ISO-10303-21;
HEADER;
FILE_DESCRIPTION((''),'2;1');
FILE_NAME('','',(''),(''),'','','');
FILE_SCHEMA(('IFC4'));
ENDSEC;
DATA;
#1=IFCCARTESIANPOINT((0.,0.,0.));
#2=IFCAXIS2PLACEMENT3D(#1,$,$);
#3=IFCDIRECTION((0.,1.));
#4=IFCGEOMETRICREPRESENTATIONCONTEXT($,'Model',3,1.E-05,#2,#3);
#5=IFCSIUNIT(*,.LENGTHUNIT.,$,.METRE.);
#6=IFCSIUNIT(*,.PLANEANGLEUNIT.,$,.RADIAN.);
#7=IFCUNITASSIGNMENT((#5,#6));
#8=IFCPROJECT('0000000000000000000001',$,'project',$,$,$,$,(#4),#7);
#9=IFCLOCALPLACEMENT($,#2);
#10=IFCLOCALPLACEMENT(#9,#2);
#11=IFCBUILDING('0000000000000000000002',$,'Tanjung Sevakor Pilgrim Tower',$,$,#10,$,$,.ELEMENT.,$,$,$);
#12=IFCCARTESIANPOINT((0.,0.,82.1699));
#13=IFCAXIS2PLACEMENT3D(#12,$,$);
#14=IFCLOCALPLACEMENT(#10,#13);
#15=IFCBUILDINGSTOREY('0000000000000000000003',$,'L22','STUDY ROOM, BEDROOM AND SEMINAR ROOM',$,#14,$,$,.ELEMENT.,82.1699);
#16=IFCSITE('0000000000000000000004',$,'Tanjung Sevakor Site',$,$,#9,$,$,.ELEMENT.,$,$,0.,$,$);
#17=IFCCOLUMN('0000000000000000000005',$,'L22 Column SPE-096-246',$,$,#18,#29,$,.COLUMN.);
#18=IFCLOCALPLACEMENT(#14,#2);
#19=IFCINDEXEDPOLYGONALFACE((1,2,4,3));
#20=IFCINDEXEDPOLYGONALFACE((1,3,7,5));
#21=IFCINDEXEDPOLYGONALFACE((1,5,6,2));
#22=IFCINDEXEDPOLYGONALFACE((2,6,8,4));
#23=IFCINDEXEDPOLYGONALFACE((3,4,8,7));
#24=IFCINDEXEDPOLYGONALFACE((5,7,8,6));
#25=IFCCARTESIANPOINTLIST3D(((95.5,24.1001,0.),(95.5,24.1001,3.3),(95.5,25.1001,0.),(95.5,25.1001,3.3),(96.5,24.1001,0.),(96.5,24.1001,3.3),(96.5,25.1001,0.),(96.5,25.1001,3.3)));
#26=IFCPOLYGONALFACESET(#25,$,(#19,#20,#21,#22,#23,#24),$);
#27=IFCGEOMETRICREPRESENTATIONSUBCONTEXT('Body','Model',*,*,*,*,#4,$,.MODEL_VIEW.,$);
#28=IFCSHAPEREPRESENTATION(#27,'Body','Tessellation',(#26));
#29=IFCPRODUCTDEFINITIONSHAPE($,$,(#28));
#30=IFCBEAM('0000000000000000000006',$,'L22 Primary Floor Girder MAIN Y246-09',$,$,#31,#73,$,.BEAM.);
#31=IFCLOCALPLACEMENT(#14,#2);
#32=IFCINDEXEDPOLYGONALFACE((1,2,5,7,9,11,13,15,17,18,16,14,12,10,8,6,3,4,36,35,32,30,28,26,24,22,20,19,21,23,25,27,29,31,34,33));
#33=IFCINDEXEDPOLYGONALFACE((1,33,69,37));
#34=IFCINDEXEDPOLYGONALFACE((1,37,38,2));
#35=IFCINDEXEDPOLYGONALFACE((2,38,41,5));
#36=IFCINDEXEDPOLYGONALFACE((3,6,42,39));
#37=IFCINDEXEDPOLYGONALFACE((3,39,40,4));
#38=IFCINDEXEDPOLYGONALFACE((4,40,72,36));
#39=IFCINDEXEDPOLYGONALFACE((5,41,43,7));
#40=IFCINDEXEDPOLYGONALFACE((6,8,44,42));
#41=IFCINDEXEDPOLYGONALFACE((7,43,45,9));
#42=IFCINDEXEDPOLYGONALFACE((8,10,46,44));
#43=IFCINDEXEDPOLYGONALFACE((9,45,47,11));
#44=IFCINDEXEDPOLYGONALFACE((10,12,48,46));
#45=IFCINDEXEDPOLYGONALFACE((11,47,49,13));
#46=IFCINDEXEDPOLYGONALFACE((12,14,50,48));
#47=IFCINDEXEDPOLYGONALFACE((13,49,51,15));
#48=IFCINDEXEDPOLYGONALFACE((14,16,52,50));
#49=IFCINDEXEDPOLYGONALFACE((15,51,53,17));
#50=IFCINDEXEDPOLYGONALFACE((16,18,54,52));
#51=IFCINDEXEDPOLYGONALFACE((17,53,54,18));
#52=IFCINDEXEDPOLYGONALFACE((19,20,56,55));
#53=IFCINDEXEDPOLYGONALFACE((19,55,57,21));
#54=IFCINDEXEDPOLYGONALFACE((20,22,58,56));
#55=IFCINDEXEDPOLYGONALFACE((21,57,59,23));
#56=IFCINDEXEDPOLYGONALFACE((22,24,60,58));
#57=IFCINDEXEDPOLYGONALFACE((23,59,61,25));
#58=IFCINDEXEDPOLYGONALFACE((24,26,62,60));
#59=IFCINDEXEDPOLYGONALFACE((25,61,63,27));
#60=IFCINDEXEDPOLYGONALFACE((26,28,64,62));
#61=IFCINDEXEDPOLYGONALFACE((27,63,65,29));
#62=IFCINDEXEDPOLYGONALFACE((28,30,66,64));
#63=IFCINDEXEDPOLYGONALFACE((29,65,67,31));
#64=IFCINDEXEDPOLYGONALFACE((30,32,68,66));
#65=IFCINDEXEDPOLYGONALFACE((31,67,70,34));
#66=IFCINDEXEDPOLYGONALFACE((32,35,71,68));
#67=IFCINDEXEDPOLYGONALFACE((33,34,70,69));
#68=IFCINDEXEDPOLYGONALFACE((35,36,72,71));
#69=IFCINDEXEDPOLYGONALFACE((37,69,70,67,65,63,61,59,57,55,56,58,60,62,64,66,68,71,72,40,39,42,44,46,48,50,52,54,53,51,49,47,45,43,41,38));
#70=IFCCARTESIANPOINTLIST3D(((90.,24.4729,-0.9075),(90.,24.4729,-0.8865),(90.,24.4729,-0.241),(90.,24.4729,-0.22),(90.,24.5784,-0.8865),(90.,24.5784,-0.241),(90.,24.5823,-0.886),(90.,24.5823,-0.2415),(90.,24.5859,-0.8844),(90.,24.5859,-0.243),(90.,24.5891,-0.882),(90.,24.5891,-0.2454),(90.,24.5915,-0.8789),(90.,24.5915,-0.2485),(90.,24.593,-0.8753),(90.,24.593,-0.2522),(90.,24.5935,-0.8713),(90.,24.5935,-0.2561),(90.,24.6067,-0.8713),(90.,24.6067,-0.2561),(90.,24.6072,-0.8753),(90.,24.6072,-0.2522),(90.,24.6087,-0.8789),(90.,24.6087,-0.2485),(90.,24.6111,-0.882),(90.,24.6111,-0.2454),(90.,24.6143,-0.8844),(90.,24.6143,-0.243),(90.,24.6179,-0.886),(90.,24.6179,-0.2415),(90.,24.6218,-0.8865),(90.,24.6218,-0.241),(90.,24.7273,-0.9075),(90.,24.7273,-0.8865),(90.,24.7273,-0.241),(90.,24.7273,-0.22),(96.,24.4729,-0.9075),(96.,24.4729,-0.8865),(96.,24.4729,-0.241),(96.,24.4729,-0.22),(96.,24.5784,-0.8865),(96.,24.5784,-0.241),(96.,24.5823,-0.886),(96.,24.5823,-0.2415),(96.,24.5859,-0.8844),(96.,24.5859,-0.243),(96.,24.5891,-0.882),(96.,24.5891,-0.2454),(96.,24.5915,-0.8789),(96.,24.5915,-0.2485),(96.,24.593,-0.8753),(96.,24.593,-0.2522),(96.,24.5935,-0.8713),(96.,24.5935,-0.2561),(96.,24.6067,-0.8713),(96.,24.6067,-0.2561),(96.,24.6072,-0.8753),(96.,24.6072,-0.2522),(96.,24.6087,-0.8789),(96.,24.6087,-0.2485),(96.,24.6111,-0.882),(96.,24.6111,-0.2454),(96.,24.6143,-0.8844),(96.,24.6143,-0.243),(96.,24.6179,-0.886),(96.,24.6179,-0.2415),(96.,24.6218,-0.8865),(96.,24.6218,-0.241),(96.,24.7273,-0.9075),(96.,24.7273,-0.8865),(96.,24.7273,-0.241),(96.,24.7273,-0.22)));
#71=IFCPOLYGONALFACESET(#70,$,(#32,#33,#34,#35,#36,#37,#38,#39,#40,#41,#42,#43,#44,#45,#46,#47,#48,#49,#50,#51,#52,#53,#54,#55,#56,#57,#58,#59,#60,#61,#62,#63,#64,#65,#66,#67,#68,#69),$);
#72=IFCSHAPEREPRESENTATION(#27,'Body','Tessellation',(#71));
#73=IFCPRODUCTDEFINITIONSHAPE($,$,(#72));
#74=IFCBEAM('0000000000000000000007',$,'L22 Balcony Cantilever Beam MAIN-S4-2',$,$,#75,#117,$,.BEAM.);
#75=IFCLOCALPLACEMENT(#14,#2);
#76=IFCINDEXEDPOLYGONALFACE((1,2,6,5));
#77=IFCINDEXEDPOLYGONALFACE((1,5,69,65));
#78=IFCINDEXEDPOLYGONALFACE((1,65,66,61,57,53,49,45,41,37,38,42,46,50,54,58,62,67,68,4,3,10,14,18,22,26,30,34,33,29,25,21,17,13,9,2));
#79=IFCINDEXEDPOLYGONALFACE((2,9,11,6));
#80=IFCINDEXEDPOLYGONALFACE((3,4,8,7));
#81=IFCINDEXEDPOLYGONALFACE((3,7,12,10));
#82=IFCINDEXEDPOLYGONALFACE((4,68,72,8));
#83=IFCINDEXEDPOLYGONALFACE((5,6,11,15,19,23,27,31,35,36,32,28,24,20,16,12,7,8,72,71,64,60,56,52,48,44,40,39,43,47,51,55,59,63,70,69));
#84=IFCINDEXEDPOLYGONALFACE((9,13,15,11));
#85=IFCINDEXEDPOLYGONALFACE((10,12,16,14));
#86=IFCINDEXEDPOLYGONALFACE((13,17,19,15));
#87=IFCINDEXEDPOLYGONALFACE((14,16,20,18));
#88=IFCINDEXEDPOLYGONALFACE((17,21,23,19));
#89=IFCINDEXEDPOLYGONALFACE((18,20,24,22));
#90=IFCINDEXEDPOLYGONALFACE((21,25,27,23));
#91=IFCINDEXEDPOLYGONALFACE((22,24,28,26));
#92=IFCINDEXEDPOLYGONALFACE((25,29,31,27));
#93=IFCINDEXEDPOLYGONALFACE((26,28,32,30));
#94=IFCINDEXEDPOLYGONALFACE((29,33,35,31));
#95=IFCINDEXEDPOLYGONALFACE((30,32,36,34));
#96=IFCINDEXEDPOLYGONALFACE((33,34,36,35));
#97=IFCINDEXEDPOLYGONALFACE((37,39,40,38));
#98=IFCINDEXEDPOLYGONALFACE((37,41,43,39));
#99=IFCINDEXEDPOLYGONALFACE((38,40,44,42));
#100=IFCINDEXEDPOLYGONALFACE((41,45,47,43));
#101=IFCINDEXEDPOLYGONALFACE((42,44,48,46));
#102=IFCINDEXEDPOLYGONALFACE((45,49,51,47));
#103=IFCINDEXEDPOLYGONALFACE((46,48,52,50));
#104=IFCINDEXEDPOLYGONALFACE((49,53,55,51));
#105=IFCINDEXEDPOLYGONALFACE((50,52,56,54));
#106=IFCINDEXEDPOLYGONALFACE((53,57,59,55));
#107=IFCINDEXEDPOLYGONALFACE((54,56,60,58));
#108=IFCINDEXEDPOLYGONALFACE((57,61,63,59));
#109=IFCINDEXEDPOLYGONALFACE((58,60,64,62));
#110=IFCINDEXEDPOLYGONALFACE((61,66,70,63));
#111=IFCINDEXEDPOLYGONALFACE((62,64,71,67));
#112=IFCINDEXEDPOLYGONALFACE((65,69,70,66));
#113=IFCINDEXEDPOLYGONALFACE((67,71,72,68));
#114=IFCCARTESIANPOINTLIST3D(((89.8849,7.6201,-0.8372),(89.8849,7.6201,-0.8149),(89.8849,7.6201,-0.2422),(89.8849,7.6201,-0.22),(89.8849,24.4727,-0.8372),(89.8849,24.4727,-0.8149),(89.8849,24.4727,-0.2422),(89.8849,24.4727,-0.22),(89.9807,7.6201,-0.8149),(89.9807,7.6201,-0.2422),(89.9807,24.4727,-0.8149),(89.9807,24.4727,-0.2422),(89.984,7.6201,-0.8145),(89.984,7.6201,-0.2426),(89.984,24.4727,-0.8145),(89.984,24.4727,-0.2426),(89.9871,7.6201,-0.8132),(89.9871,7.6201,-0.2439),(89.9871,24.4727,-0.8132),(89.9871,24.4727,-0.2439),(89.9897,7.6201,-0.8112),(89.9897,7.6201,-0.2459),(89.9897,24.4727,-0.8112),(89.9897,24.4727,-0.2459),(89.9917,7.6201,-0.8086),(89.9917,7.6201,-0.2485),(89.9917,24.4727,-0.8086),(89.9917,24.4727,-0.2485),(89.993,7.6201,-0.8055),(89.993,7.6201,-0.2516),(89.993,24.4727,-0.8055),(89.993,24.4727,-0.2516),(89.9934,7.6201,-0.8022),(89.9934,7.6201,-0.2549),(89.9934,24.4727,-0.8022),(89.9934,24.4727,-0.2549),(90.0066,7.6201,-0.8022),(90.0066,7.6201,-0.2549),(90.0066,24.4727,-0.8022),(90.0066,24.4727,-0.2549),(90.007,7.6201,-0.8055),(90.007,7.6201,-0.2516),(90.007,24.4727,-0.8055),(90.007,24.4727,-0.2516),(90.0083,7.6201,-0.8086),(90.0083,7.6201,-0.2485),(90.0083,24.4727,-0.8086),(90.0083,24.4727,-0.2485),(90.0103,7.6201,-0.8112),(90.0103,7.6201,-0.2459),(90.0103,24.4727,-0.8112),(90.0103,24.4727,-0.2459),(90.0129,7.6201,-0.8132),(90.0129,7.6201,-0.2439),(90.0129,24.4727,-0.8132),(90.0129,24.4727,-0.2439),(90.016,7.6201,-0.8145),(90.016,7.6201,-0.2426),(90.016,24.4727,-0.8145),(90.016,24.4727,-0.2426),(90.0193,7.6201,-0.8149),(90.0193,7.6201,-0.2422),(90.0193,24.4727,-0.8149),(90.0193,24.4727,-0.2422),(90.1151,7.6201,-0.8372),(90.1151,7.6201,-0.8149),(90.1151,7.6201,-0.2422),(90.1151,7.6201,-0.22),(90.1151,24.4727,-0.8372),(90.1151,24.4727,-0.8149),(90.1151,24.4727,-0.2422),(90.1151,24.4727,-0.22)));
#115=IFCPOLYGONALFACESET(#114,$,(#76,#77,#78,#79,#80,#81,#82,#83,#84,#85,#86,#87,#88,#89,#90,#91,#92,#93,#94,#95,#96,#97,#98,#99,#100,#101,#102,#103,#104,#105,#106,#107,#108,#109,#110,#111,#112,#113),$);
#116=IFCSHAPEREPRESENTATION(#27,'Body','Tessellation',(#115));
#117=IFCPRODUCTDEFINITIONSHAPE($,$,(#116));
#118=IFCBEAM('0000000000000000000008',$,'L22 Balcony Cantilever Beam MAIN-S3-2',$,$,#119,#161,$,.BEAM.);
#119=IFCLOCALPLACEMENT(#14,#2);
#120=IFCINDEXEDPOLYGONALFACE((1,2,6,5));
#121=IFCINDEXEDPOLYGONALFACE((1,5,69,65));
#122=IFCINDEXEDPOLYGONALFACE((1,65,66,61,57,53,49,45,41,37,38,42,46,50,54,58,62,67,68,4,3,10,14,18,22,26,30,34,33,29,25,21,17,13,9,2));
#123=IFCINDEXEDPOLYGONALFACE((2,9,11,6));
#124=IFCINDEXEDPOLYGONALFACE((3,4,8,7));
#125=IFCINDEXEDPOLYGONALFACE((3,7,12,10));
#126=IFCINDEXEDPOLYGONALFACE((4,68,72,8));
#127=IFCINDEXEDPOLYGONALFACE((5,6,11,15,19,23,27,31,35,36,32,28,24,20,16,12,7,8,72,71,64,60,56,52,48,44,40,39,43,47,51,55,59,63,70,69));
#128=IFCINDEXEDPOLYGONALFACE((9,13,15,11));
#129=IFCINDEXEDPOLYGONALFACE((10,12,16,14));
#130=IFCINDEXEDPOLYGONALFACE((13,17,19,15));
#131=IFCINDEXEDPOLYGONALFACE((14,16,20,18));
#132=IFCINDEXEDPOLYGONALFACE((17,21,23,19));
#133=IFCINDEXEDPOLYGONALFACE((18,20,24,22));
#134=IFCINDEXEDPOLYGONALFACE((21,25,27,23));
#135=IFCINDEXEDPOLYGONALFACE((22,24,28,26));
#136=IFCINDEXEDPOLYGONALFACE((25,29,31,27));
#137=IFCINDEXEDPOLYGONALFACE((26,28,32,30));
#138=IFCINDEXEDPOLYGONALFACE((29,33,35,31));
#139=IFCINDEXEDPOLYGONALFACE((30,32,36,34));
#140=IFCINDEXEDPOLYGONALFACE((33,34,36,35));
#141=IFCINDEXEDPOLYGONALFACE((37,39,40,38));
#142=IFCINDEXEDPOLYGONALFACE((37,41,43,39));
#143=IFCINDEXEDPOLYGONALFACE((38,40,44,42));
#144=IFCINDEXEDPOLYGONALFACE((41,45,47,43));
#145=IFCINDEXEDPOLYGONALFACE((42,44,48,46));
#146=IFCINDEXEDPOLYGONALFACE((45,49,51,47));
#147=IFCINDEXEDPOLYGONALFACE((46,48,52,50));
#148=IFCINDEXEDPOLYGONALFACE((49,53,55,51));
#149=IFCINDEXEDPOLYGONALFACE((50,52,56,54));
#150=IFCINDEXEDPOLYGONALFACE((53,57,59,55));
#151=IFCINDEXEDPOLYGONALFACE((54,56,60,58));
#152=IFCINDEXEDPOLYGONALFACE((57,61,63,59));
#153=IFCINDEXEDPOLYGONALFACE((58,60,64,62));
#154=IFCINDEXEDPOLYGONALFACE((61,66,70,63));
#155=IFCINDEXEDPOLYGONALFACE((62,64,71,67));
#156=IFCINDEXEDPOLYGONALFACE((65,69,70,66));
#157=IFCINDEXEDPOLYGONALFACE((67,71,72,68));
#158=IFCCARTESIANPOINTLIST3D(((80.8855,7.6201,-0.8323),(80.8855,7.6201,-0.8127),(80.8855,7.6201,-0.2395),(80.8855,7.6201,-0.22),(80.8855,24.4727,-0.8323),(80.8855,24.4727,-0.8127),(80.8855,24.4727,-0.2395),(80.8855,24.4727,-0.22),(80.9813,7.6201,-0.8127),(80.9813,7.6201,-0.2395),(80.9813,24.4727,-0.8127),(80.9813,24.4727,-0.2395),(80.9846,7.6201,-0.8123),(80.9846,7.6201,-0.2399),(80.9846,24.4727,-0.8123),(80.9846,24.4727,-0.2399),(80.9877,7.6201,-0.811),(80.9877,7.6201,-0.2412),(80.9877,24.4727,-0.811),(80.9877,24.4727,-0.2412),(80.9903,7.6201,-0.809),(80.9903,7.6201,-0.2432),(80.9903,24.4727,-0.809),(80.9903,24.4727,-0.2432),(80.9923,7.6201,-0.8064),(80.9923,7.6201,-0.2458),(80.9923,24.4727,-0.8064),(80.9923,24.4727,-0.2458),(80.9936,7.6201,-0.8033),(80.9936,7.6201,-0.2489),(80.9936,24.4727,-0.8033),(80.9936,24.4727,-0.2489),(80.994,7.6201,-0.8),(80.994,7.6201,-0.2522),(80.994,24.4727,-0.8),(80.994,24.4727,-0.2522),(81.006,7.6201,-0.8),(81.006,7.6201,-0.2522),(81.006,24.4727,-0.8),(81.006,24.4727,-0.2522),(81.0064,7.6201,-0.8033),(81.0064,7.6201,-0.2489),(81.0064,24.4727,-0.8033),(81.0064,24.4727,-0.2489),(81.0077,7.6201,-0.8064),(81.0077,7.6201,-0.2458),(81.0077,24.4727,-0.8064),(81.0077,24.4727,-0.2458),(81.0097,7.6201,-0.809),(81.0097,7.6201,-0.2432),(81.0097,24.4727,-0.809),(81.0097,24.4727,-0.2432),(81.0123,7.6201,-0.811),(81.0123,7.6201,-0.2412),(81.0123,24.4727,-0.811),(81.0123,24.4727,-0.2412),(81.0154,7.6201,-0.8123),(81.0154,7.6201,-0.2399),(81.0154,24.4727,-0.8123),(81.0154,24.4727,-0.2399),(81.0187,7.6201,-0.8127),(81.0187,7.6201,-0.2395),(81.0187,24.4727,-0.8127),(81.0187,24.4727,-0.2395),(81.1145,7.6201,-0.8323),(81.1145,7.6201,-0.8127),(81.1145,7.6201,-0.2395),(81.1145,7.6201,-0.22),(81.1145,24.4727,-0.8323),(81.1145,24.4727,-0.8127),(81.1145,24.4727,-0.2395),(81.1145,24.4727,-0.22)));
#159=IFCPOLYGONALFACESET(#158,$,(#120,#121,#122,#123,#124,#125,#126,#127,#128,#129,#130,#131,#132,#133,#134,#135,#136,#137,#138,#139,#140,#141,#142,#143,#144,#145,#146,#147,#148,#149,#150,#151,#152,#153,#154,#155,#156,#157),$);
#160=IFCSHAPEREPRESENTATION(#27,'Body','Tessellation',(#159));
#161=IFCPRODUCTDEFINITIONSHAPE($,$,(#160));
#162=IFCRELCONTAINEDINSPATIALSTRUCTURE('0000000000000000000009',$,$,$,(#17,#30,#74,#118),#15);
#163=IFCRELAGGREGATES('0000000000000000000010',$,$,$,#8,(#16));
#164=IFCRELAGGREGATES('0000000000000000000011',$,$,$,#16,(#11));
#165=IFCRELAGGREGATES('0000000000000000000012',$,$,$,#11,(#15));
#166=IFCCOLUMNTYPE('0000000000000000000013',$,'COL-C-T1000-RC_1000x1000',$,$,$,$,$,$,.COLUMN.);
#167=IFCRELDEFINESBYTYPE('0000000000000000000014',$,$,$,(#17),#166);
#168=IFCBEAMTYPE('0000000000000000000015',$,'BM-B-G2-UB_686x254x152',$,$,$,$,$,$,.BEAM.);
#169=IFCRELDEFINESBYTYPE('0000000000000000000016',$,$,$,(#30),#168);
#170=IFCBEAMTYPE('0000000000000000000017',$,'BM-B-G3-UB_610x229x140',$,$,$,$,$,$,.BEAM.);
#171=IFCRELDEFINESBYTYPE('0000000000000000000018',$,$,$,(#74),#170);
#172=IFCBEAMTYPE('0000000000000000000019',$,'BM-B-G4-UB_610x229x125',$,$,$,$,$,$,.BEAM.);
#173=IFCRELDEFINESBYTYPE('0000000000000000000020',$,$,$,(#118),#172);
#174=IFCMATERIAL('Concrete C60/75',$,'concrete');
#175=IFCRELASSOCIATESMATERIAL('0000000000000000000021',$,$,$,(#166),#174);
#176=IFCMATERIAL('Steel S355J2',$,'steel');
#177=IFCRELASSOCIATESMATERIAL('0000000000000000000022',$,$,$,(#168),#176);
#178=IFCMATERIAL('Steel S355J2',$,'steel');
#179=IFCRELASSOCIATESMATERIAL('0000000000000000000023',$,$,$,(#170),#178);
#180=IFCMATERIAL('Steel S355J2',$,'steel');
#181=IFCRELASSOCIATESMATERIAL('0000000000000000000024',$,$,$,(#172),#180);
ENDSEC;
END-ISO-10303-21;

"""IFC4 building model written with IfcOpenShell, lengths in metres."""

from ifc_helpers import new_model, si_unit, direction, frame, origin, origin_2d, place, context, subcontext, project, spatial, rectangle, i_section, extrude, material, material_profile, profile_set, type_object, element, save


model = new_model("IFC4")

# Units and contexts
model_context = context("Model", 3, precision=1e-05, world=origin(), true_north=direction((0.0, 1.0)))
body_context = subcontext(model_context, "Body", "Model", "MODEL_VIEW")
ifc_project = project(units=[si_unit("LENGTHUNIT", "METRE"), si_unit("PLANEANGLEUNIT", "RADIAN")], contexts=[model_context])

# Site, building, storey
site_placement = place(None, origin())
site = spatial("IfcSite", under=ifc_project, at=site_placement, Name="Tanjung Sevakor Site", CompositionType="ELEMENT", RefElevation=0.0)
building_placement = place(site_placement, origin())
building = spatial("IfcBuilding", under=site, at=building_placement, Name="Tanjung Sevakor Pilgrim Tower", CompositionType="ELEMENT")
storey_placement = place(building_placement, frame((0.0, 0.0, 82.1699)))
storey = spatial("IfcBuildingStorey", under=building, at=storey_placement, Name="L22", Description="STUDY ROOM, BEDROOM AND SEMINAR ROOM", CompositionType="ELEMENT", Elevation=82.1699)

# Column
ifc_material_1 = material(Name="Concrete C60/75", Category="concrete")
ifc_material_profile_1 = material_profile(ifc_material_1, rectangle(XDim=1.0, YDim=1.0, at=origin_2d()))
ifc_profile_set_1 = profile_set([ifc_material_profile_1], Name="Concrete C60/75")
column_type = type_object("IfcColumnType", Name="COL-C-T1000-RC_1000x1000", PredefinedType="COLUMN", material=ifc_profile_set_1)
column_placement = place(storey_placement, frame((96.0, 24.6001, 0.0), z_axis=(0.0, 0.0, 1.0), x_axis=(1.0, 0.0, 0.0)))
element("IfcColumn", 1, at=column_placement, inside=storey, type_object=column_type, Name="L22 Column SPE-096-246", PredefinedType="COLUMN", context=body_context, shape_type="SweptSolid", body=[
    extrude(rectangle(XDim=1.0, YDim=1.0, at=origin_2d()), origin(), (0.0, 0.0, 1.0), 3.3),
])

# Beams
ifc_material_2 = material(Name="Steel S355J2", Category="steel")
ifc_material_profile_2 = material_profile(ifc_material_2, i_section(OverallWidth=0.2544, OverallDepth=0.6875, WebThickness=0.0132, FlangeThickness=0.021, FilletRadius=0.0151, at=origin_2d()))
ifc_profile_set_2 = profile_set([ifc_material_profile_2], Name="Steel S355J2")
beam_type_1 = type_object("IfcBeamType", Name="BM-B-G2-UB_686x254x152", PredefinedType="BEAM", material=ifc_profile_set_2)
beam_1_placement = place(storey_placement, frame((90.0, 24.6001, -0.5637), z_axis=(1.0, 0.0, 0.0), x_axis=(0.0, 1.0, 0.0)))
element("IfcBeam", 2, at=beam_1_placement, inside=storey, type_object=beam_type_1, Name="L22 Primary Floor Girder MAIN Y246-09", PredefinedType="BEAM", context=body_context, shape_type="SweptSolid", body=[
    extrude(i_section(OverallWidth=0.2544, OverallDepth=0.6875, WebThickness=0.0132, FlangeThickness=0.021, FilletRadius=0.0151, at=origin_2d()), origin(), (0.0, 0.0, 1.0), 6.0),
])
ifc_material_3 = material(Name="Steel S355J2", Category="steel")
ifc_material_profile_3 = material_profile(ifc_material_3, i_section(OverallWidth=0.2302, OverallDepth=0.6172, WebThickness=0.0132, FlangeThickness=0.0222, FilletRadius=0.0127, at=origin_2d()))
ifc_profile_set_3 = profile_set([ifc_material_profile_3], Name="Steel S355J2")
beam_type_2 = type_object("IfcBeamType", Name="BM-B-G3-UB_610x229x140", PredefinedType="BEAM", material=ifc_profile_set_3)
beam_2_placement = place(storey_placement, frame((90.0, 24.4727, -0.5286), z_axis=(0.0, -1.0, 0.0), x_axis=(1.0, 0.0, 0.0)))
element("IfcBeam", 3, at=beam_2_placement, inside=storey, type_object=beam_type_2, Name="L22 Balcony Cantilever Beam MAIN-S4-2", PredefinedType="BEAM", context=body_context, shape_type="SweptSolid", body=[
    extrude(i_section(OverallWidth=0.2302, OverallDepth=0.6172, WebThickness=0.0132, FlangeThickness=0.0222, FilletRadius=0.0127, at=origin_2d()), origin(), (0.0, 0.0, 1.0), 16.8525),
])
ifc_material_4 = material(Name="Steel S355J2", Category="steel")
ifc_material_profile_4 = material_profile(ifc_material_4, i_section(OverallWidth=0.229, OverallDepth=0.6123, WebThickness=0.012, FlangeThickness=0.0195, FilletRadius=0.0127, at=origin_2d()))
ifc_profile_set_4 = profile_set([ifc_material_profile_4], Name="Steel S355J2")
beam_type_3 = type_object("IfcBeamType", Name="BM-B-G4-UB_610x229x125", PredefinedType="BEAM", material=ifc_profile_set_4)
for number, where, z_axis, x_axis, name in (
    (4, (81.0, 24.4727, -0.5261), (0.0, -1.0, 0.0), (1.0, 0.0, 0.0), "L22 Balcony Cantilever Beam MAIN-S3-2"),
):
    element("IfcBeam", number, at=place(storey_placement, frame(where, z_axis=z_axis, x_axis=x_axis)), inside=storey, type_object=beam_type_3, Name=name, PredefinedType="BEAM", context=body_context, shape_type="SweptSolid", body=[
        extrude(i_section(OverallWidth=0.229, OverallDepth=0.6123, WebThickness=0.012, FlangeThickness=0.0195, FilletRadius=0.0127, at=origin_2d()), origin(), (0.0, 0.0, 1.0), 16.8525),
    ])

save(model, "model.ifc")
